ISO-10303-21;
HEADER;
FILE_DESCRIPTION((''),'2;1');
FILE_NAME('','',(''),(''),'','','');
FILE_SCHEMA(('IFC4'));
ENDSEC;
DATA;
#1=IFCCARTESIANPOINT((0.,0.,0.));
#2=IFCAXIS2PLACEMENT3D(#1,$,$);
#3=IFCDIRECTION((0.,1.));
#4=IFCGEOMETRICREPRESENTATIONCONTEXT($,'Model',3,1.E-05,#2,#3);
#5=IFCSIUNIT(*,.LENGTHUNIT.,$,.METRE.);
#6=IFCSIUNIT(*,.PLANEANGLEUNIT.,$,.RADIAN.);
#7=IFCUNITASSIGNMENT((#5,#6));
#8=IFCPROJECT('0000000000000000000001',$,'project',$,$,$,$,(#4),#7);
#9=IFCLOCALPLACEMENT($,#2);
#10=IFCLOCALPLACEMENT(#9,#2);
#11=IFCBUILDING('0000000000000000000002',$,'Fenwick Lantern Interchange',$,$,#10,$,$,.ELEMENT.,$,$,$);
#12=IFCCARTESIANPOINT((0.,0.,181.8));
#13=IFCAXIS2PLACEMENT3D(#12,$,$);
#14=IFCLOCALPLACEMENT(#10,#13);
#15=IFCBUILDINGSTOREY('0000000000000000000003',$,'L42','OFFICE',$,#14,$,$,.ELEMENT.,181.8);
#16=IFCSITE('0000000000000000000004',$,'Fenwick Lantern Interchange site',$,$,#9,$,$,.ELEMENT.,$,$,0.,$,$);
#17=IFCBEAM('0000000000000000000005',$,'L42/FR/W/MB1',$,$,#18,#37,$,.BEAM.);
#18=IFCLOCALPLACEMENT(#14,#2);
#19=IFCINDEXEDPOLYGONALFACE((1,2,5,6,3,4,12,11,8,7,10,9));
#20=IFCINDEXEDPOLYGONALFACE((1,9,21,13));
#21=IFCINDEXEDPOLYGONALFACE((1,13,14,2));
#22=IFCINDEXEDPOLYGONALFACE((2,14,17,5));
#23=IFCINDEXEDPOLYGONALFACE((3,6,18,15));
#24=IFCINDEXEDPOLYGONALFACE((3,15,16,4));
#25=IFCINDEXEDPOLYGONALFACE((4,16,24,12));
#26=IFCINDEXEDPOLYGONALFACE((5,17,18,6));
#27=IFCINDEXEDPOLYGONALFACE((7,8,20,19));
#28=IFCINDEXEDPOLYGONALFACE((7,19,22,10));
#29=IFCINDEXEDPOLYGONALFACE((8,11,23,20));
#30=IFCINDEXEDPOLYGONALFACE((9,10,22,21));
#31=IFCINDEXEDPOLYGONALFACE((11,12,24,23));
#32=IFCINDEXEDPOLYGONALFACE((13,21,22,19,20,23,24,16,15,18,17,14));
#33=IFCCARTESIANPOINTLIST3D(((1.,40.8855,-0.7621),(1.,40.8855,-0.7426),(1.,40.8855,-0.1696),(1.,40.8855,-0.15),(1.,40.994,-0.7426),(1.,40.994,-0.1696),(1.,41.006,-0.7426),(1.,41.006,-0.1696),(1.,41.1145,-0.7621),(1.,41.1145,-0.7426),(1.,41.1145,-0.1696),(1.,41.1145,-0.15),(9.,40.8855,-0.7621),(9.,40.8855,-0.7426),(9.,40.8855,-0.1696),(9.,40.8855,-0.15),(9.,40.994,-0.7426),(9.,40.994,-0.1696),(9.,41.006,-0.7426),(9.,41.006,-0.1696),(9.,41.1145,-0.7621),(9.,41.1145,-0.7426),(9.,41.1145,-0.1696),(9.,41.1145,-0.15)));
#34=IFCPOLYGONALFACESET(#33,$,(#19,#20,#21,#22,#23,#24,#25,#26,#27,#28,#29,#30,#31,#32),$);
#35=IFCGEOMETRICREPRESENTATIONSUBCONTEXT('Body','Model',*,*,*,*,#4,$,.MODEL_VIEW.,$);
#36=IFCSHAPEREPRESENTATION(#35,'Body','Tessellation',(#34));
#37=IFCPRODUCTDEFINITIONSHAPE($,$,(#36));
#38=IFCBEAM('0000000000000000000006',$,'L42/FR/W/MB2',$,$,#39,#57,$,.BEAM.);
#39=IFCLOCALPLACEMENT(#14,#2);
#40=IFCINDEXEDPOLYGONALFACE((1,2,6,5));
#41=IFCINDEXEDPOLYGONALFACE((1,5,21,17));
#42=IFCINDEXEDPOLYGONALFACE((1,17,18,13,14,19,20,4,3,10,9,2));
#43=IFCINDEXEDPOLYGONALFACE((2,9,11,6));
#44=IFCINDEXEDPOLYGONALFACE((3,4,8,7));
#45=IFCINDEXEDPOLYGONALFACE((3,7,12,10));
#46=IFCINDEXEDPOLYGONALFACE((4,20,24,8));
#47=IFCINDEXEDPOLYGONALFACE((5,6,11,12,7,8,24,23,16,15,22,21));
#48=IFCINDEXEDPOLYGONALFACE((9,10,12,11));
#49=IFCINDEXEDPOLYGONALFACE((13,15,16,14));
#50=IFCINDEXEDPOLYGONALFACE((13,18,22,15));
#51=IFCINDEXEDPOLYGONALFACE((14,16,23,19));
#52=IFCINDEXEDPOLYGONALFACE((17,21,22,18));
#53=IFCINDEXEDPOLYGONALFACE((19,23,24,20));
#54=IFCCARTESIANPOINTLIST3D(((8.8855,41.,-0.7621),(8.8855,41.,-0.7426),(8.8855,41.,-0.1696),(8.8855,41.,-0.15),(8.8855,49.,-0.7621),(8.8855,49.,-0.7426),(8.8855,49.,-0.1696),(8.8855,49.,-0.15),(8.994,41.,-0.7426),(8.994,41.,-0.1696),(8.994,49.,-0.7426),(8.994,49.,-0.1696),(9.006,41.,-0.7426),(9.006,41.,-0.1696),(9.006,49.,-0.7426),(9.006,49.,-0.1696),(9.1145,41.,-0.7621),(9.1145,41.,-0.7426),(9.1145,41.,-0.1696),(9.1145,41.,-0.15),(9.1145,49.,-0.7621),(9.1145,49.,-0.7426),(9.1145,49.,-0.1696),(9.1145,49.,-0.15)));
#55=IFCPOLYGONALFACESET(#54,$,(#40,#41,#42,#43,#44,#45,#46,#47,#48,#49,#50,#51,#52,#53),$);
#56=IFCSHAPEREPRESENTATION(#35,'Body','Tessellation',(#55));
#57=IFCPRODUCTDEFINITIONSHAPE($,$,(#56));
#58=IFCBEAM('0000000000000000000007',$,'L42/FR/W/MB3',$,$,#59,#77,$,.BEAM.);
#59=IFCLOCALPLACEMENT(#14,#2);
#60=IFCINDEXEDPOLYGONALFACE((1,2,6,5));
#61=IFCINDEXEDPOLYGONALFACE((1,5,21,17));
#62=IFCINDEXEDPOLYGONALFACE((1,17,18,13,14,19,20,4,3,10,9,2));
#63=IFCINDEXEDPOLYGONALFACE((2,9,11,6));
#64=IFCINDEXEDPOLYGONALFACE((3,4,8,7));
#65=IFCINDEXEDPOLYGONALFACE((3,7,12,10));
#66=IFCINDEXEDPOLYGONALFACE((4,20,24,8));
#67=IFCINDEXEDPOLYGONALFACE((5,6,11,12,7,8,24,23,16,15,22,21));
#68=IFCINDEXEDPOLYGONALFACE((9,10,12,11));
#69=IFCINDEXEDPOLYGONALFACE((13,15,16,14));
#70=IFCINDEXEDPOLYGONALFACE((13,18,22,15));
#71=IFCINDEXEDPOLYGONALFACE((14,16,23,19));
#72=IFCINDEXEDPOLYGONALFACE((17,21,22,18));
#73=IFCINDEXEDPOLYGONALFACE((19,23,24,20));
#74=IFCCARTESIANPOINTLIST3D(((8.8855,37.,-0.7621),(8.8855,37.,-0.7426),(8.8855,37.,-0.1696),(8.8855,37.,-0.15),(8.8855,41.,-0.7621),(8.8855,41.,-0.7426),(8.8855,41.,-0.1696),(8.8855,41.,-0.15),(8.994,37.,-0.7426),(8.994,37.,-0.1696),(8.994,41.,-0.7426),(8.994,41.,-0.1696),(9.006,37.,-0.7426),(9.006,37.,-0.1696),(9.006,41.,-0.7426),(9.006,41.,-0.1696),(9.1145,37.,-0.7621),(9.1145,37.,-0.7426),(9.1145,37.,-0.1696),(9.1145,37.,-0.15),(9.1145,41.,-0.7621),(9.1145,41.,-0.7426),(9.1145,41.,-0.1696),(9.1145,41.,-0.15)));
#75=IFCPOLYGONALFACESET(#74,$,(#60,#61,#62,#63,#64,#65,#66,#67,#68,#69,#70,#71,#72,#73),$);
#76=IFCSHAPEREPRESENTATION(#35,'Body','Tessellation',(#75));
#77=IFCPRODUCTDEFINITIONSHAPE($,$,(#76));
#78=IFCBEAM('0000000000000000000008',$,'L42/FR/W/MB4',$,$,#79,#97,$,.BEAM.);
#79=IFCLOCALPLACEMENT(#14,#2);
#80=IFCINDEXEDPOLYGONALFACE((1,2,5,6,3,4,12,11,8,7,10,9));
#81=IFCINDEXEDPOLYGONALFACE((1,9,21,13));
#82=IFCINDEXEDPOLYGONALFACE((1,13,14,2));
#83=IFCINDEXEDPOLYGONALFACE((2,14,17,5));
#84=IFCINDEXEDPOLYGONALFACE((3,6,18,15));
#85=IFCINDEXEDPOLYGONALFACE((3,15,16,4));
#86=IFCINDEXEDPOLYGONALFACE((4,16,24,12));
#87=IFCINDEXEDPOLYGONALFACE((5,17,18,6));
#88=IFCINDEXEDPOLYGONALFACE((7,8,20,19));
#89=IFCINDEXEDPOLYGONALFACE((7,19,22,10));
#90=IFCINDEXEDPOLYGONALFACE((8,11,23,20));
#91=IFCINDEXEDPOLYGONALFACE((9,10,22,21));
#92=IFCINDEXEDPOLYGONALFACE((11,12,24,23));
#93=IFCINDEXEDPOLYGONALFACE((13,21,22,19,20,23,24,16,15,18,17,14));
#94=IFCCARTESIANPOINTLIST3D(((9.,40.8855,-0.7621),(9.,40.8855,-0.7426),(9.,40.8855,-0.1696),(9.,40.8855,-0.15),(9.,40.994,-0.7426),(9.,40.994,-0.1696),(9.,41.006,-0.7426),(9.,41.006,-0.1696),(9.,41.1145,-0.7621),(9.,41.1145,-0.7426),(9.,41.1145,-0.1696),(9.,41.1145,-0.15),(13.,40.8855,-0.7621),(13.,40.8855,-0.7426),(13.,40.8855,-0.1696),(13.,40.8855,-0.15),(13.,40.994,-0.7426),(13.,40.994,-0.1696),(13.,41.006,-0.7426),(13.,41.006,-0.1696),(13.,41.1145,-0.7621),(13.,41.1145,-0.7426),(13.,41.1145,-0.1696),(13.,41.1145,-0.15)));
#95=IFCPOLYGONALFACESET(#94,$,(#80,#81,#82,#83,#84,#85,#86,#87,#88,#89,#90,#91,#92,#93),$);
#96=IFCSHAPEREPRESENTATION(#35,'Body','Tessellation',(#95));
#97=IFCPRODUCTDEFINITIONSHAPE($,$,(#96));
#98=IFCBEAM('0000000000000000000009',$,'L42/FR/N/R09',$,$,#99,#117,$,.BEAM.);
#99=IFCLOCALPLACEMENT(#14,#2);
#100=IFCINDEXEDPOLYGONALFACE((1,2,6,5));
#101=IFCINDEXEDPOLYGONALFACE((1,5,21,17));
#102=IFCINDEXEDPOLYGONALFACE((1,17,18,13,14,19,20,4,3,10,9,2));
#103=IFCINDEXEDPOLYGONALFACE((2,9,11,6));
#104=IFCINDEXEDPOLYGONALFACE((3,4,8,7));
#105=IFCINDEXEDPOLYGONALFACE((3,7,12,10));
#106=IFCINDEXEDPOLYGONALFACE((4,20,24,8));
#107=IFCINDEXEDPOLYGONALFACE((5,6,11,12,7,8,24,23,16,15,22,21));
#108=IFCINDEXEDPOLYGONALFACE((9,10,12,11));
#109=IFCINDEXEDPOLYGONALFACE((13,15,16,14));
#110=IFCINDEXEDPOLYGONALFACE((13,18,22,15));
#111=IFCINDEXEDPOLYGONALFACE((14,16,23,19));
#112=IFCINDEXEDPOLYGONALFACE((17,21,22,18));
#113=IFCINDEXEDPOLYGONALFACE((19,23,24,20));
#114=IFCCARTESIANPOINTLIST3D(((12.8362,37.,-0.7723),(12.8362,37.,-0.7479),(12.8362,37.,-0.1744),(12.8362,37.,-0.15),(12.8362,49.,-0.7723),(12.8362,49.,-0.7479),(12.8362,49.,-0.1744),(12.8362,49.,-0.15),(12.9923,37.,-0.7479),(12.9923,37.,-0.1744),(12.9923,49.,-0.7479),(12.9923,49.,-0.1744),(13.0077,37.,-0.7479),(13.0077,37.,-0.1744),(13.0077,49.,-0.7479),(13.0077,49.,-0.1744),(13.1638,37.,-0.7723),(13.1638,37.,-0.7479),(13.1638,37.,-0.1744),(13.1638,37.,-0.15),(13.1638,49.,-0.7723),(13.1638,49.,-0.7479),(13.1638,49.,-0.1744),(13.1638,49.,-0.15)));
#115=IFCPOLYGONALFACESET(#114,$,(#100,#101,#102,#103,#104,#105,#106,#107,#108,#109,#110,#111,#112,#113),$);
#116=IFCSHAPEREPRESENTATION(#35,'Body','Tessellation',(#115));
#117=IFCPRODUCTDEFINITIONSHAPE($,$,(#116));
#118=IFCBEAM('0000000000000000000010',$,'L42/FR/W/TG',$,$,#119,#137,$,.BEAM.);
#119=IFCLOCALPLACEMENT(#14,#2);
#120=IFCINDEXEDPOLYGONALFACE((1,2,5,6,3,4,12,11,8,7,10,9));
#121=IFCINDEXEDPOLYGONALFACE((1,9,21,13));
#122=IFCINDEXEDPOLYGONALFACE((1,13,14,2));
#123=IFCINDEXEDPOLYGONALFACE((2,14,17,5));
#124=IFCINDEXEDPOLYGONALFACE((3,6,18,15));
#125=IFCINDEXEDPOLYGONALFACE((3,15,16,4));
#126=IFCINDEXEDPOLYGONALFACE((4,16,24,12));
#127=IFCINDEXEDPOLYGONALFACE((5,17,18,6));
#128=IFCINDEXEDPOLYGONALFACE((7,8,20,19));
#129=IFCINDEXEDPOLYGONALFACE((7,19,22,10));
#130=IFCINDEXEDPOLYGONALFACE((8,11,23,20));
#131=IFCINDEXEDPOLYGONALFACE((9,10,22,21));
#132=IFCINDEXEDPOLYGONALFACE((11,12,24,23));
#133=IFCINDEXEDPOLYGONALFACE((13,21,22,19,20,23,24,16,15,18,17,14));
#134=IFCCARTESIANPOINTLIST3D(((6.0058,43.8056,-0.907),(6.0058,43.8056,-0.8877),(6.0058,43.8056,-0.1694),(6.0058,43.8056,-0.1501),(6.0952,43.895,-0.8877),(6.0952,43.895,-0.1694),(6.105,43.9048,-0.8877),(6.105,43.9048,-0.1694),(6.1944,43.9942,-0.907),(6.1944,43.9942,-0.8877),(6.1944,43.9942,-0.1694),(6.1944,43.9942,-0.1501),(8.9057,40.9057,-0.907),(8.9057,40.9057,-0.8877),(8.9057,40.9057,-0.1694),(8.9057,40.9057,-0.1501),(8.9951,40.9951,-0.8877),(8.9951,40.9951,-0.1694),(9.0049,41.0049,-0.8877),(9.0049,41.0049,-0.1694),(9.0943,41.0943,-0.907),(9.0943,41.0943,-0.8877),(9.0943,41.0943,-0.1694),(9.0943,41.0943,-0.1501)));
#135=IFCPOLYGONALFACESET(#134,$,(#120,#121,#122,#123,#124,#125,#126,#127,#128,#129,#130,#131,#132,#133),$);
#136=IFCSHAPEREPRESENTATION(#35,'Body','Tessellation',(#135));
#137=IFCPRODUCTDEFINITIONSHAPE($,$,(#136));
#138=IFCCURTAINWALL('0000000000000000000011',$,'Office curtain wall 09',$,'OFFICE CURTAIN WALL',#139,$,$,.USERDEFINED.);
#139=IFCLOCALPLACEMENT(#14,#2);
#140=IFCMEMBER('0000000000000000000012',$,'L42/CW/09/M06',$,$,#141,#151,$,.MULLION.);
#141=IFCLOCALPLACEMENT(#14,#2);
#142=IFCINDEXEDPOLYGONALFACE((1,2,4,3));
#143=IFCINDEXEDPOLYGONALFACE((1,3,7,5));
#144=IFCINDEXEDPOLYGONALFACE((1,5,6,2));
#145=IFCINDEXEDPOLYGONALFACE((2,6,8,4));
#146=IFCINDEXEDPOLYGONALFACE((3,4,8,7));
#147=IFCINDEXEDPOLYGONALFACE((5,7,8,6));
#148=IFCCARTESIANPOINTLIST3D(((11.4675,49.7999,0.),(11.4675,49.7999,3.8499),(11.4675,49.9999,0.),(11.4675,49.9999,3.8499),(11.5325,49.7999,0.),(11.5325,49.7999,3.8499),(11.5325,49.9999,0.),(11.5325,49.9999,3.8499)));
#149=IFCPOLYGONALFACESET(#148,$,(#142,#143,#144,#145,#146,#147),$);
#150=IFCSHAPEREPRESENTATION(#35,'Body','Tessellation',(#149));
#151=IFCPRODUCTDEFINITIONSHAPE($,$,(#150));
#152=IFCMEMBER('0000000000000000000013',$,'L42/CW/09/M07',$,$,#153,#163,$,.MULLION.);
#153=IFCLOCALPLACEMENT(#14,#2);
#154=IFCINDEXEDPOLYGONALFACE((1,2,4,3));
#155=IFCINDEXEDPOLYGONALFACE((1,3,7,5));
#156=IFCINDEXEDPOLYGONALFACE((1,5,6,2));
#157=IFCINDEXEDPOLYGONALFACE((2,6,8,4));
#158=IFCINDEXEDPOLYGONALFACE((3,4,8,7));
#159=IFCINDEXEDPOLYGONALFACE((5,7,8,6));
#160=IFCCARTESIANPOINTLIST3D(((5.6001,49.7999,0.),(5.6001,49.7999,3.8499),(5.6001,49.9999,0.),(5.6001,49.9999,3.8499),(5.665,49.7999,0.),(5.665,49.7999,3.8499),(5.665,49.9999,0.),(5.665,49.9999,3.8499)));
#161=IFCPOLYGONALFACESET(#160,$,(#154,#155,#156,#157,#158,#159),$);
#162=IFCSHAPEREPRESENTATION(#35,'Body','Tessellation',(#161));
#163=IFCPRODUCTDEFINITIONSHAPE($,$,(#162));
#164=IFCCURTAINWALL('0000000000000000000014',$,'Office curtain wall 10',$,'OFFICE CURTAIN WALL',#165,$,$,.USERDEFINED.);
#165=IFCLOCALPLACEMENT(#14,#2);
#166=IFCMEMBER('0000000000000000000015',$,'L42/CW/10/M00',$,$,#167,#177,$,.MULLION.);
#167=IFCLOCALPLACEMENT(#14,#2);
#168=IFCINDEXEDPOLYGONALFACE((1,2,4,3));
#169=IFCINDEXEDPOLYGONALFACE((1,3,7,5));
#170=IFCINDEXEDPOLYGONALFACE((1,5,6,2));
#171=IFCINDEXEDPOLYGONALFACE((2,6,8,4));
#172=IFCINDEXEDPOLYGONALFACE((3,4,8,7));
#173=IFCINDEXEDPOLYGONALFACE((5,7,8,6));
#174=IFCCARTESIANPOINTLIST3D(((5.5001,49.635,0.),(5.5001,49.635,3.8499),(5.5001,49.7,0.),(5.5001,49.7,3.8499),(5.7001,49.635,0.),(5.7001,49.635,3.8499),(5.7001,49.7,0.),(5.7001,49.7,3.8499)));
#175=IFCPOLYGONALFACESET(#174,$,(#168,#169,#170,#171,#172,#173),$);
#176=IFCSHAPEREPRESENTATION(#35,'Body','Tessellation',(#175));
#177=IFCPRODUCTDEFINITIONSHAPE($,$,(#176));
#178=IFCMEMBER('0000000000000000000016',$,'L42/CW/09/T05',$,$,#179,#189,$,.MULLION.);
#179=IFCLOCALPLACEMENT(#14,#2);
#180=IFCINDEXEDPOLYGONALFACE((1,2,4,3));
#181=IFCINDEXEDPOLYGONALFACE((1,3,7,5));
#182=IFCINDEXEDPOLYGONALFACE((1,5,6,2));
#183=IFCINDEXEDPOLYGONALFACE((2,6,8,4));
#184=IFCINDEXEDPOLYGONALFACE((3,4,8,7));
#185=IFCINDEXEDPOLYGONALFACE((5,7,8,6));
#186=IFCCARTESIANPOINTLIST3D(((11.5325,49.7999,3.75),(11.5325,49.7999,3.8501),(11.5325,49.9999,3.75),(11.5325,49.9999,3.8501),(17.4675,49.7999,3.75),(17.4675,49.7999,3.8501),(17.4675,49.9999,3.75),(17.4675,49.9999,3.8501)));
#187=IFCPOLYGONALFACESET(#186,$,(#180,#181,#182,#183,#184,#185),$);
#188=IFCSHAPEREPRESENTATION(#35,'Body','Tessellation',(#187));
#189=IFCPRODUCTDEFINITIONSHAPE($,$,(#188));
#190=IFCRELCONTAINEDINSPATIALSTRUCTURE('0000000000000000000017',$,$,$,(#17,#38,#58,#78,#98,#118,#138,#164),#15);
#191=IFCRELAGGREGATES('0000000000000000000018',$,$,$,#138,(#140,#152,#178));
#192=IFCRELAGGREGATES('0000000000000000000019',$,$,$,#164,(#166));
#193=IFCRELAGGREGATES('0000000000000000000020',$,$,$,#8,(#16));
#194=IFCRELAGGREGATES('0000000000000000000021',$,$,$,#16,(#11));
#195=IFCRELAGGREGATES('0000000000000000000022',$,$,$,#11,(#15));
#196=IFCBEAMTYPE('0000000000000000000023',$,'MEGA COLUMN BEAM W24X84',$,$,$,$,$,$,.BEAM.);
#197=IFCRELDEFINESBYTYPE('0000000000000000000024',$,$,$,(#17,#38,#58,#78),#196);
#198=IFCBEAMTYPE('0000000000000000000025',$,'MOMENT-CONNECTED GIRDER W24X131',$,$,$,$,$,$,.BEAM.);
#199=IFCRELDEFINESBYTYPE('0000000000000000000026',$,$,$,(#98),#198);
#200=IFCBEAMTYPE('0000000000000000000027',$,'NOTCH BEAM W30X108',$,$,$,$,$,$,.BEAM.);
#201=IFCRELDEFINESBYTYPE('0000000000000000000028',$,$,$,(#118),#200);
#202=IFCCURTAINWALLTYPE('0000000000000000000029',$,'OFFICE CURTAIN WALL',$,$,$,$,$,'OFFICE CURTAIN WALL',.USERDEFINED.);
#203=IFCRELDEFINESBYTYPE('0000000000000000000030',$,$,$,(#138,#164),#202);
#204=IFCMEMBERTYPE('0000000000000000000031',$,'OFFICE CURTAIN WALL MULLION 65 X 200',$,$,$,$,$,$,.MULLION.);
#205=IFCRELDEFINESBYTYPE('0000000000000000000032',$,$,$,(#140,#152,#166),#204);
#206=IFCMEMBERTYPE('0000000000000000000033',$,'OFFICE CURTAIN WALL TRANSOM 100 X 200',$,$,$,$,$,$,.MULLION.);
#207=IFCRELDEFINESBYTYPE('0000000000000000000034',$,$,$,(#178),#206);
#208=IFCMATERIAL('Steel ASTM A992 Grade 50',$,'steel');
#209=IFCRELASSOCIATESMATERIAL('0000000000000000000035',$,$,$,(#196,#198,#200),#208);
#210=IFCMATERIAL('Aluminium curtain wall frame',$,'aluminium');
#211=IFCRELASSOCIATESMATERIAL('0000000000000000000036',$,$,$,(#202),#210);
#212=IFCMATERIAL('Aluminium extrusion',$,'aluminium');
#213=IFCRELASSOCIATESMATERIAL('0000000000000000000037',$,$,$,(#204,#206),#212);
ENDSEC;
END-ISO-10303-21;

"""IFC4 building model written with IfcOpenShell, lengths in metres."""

from ifc_helpers import new_model, si_unit, direction, frame, origin, origin_2d, place, context, subcontext, project, spatial, rectangle, i_section, extrude, material, material_profile, profile_set, type_object, element, aggregate, save


model = new_model("IFC4")

# Units and contexts
model_context = context("Model", 3, precision=1e-05, world=origin(), true_north=direction((0.0, 1.0)))
body_context = subcontext(model_context, "Body", "Model", "MODEL_VIEW")
ifc_project = project(units=[si_unit("LENGTHUNIT", "METRE"), si_unit("PLANEANGLEUNIT", "RADIAN")], contexts=[model_context])

# Site, building, storey
site_placement = place(None, origin())
site = spatial("IfcSite", under=ifc_project, at=site_placement, Name="Fenwick Lantern Interchange site", CompositionType="ELEMENT", RefElevation=0.0)
building_placement = place(site_placement, origin())
building = spatial("IfcBuilding", under=site, at=building_placement, Name="Fenwick Lantern Interchange", CompositionType="ELEMENT")
storey_placement = place(building_placement, frame((0.0, 0.0, 181.8)))
storey = spatial("IfcBuildingStorey", under=building, at=storey_placement, Name="L42", Description="OFFICE", CompositionType="ELEMENT", Elevation=181.8)

# Shared definitions
ifc_material_1 = material(Name="Steel ASTM A992 Grade 50", Category="steel")

# Beams
ifc_material_profile_1 = material_profile(ifc_material_1, i_section(OverallWidth=0.229, OverallDepth=0.6121, WebThickness=0.012, FlangeThickness=0.0195, at=origin_2d()), Name="W24X84")
ifc_profile_set_1 = profile_set([ifc_material_profile_1], Name="Steel ASTM A992 Grade 50")
beam_type_1 = type_object("IfcBeamType", Name="MEGA COLUMN BEAM W24X84", PredefinedType="BEAM", material=ifc_profile_set_1)
for number, where, z_axis, x_axis, name in (
    (1, (9.0, 41.0, -0.4561), (-1.0, 0.0, 0.0), (0.0, -1.0, 0.0), "L42/FR/W/MB1"),
    (2, (9.0, 41.0, -0.4561), (0.0, 1.0, 0.0), (-1.0, 0.0, 0.0), "L42/FR/W/MB2"),
):
    element("IfcBeam", number, at=place(storey_placement, frame(where, z_axis=z_axis, x_axis=x_axis)), inside=storey, type_object=beam_type_1, Name=name, PredefinedType="BEAM", context=body_context, shape_type="SweptSolid", body=[
        extrude(i_section(OverallWidth=0.229, OverallDepth=0.6121, WebThickness=0.012, FlangeThickness=0.0195, at=origin_2d()), origin(), (0.0, 0.0, 1.0), 8.0),
    ])
for number, where, z_axis, x_axis, name in (
    (3, (9.0, 41.0, -0.4561), (0.0, -1.0, 0.0), (1.0, 0.0, 0.0), "L42/FR/W/MB3"),
    (4, (9.0, 41.0, -0.4561), (1.0, 0.0, 0.0), (0.0, 1.0, 0.0), "L42/FR/W/MB4"),
):
    element("IfcBeam", number, at=place(storey_placement, frame(where, z_axis=z_axis, x_axis=x_axis)), inside=storey, type_object=beam_type_1, Name=name, PredefinedType="BEAM", context=body_context, shape_type="SweptSolid", body=[
        extrude(i_section(OverallWidth=0.229, OverallDepth=0.6121, WebThickness=0.012, FlangeThickness=0.0195, at=origin_2d()), origin(), (0.0, 0.0, 1.0), 4.0),
    ])
ifc_material_profile_2 = material_profile(ifc_material_1, i_section(OverallWidth=0.3276, OverallDepth=0.6223, WebThickness=0.0154, FlangeThickness=0.0244, at=origin_2d()), Name="W24X131")
ifc_profile_set_2 = profile_set([ifc_material_profile_2], Name="Steel ASTM A992 Grade 50")
beam_type_2 = type_object("IfcBeamType", Name="MOMENT-CONNECTED GIRDER W24X131", PredefinedType="BEAM", material=ifc_profile_set_2)
beam_1_placement = place(storey_placement, frame((13.0, 49.0, -0.4612), z_axis=(0.0, -1.0, 0.0), x_axis=(1.0, 0.0, 0.0)))
element("IfcBeam", 5, at=beam_1_placement, inside=storey, type_object=beam_type_2, Name="L42/FR/N/R09", PredefinedType="BEAM", context=body_context, shape_type="SweptSolid", body=[
    extrude(i_section(OverallWidth=0.3276, OverallDepth=0.6223, WebThickness=0.0154, FlangeThickness=0.0244, at=origin_2d()), origin(), (0.0, 0.0, 1.0), 12.0),
])
ifc_material_profile_3 = material_profile(ifc_material_1, i_section(OverallWidth=0.2666, OverallDepth=0.7568, WebThickness=0.0139, FlangeThickness=0.0193, at=origin_2d()), Name="W30X108")
ifc_profile_set_3 = profile_set([ifc_material_profile_3], Name="Steel ASTM A992 Grade 50")
beam_type_3 = type_object("IfcBeamType", Name="NOTCH BEAM W30X108", PredefinedType="BEAM", material=ifc_profile_set_3)
beam_2_placement = place(storey_placement, frame((9.0, 41.0, -0.5286), z_axis=(-0.707107, 0.707107, 0.0), x_axis=(-0.707107, -0.707107, 0.0)))
element("IfcBeam", 6, at=beam_2_placement, inside=storey, type_object=beam_type_3, Name="L42/FR/W/TG", PredefinedType="BEAM", context=body_context, shape_type="SweptSolid", body=[
    extrude(i_section(OverallWidth=0.2666, OverallDepth=0.7568, WebThickness=0.0139, FlangeThickness=0.0193, at=origin_2d()), origin(), (0.0, 0.0, 1.0), 4.1011),
])

# Curtain wall, members
ifc_material_2 = material(Name="Aluminium curtain wall frame", Category="aluminium")
curtain_wall_type = type_object("IfcCurtainWallType", Name="OFFICE CURTAIN WALL", ElementType="OFFICE CURTAIN WALL", PredefinedType="USERDEFINED", material=ifc_material_2)
curtain_wall_1_placement = place(storey_placement, origin())
curtain_wall_1 = element("IfcCurtainWall", 7, at=curtain_wall_1_placement, inside=storey, type_object=curtain_wall_type, Name="Office curtain wall 09", ObjectType="OFFICE CURTAIN WALL", PredefinedType="USERDEFINED")
ifc_material_3 = material(Name="Aluminium extrusion", Category="aluminium")
ifc_material_profile_4 = material_profile(ifc_material_3, rectangle(XDim=0.2, YDim=0.0649, at=origin_2d()), Name="OFFICE CURTAIN WALL MULLION 65 X 200")
ifc_profile_set_4 = profile_set([ifc_material_profile_4], Name="Aluminium extrusion")
member_type_1 = type_object("IfcMemberType", Name="OFFICE CURTAIN WALL MULLION 65 X 200", PredefinedType="MULLION", material=ifc_profile_set_4)
member_1_placement = place(storey_placement, frame((11.5, 49.8999, 0.0), z_axis=(0.0, 0.0, 1.0), x_axis=(0.0, -1.0, 0.0)))
member_1 = element("IfcMember", 8, at=member_1_placement, type_object=member_type_1, Name="L42/CW/09/M06", PredefinedType="MULLION", context=body_context, shape_type="SweptSolid", body=[
    extrude(rectangle(XDim=0.2, YDim=0.0649, at=origin_2d()), origin(), (0.0, 0.0, 1.0), 3.8499),
])
member_2_placement = place(storey_placement, frame((5.6326, 49.8999, 0.0), z_axis=(0.0, 0.0, 1.0), x_axis=(0.0, -1.0, 0.0)))
member_2 = element("IfcMember", 9, at=member_2_placement, type_object=member_type_1, Name="L42/CW/09/M07", PredefinedType="MULLION", context=body_context, shape_type="SweptSolid", body=[
    extrude(rectangle(XDim=0.2, YDim=0.0649, at=origin_2d()), origin(), (0.0, 0.0, 1.0), 3.8499),
])

# Curtain wall, member
curtain_wall_2_placement = place(storey_placement, origin())
curtain_wall_2 = element("IfcCurtainWall", 10, at=curtain_wall_2_placement, inside=storey, type_object=curtain_wall_type, Name="Office curtain wall 10", ObjectType="OFFICE CURTAIN WALL", PredefinedType="USERDEFINED")
member_3_placement = place(storey_placement, frame((5.6001, 49.6675, 0.0), z_axis=(0.0, 0.0, 1.0), x_axis=(1.0, 0.0, 0.0)))
member_3 = element("IfcMember", 11, at=member_3_placement, type_object=member_type_1, Name="L42/CW/10/M00", PredefinedType="MULLION", context=body_context, shape_type="SweptSolid", body=[
    extrude(rectangle(XDim=0.2, YDim=0.0649, at=origin_2d()), origin(), (0.0, 0.0, 1.0), 3.8499),
])

# Member
ifc_material_profile_5 = material_profile(ifc_material_3, rectangle(XDim=0.2, YDim=0.1001, at=origin_2d()), Name="OFFICE CURTAIN WALL TRANSOM 100 X 200")
ifc_profile_set_5 = profile_set([ifc_material_profile_5], Name="Aluminium extrusion")
member_type_2 = type_object("IfcMemberType", Name="OFFICE CURTAIN WALL TRANSOM 100 X 200", PredefinedType="MULLION", material=ifc_profile_set_5)
member_4_placement = place(storey_placement, frame((17.4675, 49.8999, 3.8), z_axis=(-1.0, 0.0, 0.0), x_axis=(0.0, -1.0, 0.0)))
member_4 = element("IfcMember", 12, at=member_4_placement, type_object=member_type_2, Name="L42/CW/09/T05", PredefinedType="MULLION", context=body_context, shape_type="SweptSolid", body=[
    extrude(rectangle(XDim=0.2, YDim=0.1001, at=origin_2d()), origin(), (0.0, 0.0, 1.0), 5.9351),
])

aggregate(curtain_wall_1, [member_1, member_2, member_4])
aggregate(curtain_wall_2, [member_3])

save(model, "model.ifc")
